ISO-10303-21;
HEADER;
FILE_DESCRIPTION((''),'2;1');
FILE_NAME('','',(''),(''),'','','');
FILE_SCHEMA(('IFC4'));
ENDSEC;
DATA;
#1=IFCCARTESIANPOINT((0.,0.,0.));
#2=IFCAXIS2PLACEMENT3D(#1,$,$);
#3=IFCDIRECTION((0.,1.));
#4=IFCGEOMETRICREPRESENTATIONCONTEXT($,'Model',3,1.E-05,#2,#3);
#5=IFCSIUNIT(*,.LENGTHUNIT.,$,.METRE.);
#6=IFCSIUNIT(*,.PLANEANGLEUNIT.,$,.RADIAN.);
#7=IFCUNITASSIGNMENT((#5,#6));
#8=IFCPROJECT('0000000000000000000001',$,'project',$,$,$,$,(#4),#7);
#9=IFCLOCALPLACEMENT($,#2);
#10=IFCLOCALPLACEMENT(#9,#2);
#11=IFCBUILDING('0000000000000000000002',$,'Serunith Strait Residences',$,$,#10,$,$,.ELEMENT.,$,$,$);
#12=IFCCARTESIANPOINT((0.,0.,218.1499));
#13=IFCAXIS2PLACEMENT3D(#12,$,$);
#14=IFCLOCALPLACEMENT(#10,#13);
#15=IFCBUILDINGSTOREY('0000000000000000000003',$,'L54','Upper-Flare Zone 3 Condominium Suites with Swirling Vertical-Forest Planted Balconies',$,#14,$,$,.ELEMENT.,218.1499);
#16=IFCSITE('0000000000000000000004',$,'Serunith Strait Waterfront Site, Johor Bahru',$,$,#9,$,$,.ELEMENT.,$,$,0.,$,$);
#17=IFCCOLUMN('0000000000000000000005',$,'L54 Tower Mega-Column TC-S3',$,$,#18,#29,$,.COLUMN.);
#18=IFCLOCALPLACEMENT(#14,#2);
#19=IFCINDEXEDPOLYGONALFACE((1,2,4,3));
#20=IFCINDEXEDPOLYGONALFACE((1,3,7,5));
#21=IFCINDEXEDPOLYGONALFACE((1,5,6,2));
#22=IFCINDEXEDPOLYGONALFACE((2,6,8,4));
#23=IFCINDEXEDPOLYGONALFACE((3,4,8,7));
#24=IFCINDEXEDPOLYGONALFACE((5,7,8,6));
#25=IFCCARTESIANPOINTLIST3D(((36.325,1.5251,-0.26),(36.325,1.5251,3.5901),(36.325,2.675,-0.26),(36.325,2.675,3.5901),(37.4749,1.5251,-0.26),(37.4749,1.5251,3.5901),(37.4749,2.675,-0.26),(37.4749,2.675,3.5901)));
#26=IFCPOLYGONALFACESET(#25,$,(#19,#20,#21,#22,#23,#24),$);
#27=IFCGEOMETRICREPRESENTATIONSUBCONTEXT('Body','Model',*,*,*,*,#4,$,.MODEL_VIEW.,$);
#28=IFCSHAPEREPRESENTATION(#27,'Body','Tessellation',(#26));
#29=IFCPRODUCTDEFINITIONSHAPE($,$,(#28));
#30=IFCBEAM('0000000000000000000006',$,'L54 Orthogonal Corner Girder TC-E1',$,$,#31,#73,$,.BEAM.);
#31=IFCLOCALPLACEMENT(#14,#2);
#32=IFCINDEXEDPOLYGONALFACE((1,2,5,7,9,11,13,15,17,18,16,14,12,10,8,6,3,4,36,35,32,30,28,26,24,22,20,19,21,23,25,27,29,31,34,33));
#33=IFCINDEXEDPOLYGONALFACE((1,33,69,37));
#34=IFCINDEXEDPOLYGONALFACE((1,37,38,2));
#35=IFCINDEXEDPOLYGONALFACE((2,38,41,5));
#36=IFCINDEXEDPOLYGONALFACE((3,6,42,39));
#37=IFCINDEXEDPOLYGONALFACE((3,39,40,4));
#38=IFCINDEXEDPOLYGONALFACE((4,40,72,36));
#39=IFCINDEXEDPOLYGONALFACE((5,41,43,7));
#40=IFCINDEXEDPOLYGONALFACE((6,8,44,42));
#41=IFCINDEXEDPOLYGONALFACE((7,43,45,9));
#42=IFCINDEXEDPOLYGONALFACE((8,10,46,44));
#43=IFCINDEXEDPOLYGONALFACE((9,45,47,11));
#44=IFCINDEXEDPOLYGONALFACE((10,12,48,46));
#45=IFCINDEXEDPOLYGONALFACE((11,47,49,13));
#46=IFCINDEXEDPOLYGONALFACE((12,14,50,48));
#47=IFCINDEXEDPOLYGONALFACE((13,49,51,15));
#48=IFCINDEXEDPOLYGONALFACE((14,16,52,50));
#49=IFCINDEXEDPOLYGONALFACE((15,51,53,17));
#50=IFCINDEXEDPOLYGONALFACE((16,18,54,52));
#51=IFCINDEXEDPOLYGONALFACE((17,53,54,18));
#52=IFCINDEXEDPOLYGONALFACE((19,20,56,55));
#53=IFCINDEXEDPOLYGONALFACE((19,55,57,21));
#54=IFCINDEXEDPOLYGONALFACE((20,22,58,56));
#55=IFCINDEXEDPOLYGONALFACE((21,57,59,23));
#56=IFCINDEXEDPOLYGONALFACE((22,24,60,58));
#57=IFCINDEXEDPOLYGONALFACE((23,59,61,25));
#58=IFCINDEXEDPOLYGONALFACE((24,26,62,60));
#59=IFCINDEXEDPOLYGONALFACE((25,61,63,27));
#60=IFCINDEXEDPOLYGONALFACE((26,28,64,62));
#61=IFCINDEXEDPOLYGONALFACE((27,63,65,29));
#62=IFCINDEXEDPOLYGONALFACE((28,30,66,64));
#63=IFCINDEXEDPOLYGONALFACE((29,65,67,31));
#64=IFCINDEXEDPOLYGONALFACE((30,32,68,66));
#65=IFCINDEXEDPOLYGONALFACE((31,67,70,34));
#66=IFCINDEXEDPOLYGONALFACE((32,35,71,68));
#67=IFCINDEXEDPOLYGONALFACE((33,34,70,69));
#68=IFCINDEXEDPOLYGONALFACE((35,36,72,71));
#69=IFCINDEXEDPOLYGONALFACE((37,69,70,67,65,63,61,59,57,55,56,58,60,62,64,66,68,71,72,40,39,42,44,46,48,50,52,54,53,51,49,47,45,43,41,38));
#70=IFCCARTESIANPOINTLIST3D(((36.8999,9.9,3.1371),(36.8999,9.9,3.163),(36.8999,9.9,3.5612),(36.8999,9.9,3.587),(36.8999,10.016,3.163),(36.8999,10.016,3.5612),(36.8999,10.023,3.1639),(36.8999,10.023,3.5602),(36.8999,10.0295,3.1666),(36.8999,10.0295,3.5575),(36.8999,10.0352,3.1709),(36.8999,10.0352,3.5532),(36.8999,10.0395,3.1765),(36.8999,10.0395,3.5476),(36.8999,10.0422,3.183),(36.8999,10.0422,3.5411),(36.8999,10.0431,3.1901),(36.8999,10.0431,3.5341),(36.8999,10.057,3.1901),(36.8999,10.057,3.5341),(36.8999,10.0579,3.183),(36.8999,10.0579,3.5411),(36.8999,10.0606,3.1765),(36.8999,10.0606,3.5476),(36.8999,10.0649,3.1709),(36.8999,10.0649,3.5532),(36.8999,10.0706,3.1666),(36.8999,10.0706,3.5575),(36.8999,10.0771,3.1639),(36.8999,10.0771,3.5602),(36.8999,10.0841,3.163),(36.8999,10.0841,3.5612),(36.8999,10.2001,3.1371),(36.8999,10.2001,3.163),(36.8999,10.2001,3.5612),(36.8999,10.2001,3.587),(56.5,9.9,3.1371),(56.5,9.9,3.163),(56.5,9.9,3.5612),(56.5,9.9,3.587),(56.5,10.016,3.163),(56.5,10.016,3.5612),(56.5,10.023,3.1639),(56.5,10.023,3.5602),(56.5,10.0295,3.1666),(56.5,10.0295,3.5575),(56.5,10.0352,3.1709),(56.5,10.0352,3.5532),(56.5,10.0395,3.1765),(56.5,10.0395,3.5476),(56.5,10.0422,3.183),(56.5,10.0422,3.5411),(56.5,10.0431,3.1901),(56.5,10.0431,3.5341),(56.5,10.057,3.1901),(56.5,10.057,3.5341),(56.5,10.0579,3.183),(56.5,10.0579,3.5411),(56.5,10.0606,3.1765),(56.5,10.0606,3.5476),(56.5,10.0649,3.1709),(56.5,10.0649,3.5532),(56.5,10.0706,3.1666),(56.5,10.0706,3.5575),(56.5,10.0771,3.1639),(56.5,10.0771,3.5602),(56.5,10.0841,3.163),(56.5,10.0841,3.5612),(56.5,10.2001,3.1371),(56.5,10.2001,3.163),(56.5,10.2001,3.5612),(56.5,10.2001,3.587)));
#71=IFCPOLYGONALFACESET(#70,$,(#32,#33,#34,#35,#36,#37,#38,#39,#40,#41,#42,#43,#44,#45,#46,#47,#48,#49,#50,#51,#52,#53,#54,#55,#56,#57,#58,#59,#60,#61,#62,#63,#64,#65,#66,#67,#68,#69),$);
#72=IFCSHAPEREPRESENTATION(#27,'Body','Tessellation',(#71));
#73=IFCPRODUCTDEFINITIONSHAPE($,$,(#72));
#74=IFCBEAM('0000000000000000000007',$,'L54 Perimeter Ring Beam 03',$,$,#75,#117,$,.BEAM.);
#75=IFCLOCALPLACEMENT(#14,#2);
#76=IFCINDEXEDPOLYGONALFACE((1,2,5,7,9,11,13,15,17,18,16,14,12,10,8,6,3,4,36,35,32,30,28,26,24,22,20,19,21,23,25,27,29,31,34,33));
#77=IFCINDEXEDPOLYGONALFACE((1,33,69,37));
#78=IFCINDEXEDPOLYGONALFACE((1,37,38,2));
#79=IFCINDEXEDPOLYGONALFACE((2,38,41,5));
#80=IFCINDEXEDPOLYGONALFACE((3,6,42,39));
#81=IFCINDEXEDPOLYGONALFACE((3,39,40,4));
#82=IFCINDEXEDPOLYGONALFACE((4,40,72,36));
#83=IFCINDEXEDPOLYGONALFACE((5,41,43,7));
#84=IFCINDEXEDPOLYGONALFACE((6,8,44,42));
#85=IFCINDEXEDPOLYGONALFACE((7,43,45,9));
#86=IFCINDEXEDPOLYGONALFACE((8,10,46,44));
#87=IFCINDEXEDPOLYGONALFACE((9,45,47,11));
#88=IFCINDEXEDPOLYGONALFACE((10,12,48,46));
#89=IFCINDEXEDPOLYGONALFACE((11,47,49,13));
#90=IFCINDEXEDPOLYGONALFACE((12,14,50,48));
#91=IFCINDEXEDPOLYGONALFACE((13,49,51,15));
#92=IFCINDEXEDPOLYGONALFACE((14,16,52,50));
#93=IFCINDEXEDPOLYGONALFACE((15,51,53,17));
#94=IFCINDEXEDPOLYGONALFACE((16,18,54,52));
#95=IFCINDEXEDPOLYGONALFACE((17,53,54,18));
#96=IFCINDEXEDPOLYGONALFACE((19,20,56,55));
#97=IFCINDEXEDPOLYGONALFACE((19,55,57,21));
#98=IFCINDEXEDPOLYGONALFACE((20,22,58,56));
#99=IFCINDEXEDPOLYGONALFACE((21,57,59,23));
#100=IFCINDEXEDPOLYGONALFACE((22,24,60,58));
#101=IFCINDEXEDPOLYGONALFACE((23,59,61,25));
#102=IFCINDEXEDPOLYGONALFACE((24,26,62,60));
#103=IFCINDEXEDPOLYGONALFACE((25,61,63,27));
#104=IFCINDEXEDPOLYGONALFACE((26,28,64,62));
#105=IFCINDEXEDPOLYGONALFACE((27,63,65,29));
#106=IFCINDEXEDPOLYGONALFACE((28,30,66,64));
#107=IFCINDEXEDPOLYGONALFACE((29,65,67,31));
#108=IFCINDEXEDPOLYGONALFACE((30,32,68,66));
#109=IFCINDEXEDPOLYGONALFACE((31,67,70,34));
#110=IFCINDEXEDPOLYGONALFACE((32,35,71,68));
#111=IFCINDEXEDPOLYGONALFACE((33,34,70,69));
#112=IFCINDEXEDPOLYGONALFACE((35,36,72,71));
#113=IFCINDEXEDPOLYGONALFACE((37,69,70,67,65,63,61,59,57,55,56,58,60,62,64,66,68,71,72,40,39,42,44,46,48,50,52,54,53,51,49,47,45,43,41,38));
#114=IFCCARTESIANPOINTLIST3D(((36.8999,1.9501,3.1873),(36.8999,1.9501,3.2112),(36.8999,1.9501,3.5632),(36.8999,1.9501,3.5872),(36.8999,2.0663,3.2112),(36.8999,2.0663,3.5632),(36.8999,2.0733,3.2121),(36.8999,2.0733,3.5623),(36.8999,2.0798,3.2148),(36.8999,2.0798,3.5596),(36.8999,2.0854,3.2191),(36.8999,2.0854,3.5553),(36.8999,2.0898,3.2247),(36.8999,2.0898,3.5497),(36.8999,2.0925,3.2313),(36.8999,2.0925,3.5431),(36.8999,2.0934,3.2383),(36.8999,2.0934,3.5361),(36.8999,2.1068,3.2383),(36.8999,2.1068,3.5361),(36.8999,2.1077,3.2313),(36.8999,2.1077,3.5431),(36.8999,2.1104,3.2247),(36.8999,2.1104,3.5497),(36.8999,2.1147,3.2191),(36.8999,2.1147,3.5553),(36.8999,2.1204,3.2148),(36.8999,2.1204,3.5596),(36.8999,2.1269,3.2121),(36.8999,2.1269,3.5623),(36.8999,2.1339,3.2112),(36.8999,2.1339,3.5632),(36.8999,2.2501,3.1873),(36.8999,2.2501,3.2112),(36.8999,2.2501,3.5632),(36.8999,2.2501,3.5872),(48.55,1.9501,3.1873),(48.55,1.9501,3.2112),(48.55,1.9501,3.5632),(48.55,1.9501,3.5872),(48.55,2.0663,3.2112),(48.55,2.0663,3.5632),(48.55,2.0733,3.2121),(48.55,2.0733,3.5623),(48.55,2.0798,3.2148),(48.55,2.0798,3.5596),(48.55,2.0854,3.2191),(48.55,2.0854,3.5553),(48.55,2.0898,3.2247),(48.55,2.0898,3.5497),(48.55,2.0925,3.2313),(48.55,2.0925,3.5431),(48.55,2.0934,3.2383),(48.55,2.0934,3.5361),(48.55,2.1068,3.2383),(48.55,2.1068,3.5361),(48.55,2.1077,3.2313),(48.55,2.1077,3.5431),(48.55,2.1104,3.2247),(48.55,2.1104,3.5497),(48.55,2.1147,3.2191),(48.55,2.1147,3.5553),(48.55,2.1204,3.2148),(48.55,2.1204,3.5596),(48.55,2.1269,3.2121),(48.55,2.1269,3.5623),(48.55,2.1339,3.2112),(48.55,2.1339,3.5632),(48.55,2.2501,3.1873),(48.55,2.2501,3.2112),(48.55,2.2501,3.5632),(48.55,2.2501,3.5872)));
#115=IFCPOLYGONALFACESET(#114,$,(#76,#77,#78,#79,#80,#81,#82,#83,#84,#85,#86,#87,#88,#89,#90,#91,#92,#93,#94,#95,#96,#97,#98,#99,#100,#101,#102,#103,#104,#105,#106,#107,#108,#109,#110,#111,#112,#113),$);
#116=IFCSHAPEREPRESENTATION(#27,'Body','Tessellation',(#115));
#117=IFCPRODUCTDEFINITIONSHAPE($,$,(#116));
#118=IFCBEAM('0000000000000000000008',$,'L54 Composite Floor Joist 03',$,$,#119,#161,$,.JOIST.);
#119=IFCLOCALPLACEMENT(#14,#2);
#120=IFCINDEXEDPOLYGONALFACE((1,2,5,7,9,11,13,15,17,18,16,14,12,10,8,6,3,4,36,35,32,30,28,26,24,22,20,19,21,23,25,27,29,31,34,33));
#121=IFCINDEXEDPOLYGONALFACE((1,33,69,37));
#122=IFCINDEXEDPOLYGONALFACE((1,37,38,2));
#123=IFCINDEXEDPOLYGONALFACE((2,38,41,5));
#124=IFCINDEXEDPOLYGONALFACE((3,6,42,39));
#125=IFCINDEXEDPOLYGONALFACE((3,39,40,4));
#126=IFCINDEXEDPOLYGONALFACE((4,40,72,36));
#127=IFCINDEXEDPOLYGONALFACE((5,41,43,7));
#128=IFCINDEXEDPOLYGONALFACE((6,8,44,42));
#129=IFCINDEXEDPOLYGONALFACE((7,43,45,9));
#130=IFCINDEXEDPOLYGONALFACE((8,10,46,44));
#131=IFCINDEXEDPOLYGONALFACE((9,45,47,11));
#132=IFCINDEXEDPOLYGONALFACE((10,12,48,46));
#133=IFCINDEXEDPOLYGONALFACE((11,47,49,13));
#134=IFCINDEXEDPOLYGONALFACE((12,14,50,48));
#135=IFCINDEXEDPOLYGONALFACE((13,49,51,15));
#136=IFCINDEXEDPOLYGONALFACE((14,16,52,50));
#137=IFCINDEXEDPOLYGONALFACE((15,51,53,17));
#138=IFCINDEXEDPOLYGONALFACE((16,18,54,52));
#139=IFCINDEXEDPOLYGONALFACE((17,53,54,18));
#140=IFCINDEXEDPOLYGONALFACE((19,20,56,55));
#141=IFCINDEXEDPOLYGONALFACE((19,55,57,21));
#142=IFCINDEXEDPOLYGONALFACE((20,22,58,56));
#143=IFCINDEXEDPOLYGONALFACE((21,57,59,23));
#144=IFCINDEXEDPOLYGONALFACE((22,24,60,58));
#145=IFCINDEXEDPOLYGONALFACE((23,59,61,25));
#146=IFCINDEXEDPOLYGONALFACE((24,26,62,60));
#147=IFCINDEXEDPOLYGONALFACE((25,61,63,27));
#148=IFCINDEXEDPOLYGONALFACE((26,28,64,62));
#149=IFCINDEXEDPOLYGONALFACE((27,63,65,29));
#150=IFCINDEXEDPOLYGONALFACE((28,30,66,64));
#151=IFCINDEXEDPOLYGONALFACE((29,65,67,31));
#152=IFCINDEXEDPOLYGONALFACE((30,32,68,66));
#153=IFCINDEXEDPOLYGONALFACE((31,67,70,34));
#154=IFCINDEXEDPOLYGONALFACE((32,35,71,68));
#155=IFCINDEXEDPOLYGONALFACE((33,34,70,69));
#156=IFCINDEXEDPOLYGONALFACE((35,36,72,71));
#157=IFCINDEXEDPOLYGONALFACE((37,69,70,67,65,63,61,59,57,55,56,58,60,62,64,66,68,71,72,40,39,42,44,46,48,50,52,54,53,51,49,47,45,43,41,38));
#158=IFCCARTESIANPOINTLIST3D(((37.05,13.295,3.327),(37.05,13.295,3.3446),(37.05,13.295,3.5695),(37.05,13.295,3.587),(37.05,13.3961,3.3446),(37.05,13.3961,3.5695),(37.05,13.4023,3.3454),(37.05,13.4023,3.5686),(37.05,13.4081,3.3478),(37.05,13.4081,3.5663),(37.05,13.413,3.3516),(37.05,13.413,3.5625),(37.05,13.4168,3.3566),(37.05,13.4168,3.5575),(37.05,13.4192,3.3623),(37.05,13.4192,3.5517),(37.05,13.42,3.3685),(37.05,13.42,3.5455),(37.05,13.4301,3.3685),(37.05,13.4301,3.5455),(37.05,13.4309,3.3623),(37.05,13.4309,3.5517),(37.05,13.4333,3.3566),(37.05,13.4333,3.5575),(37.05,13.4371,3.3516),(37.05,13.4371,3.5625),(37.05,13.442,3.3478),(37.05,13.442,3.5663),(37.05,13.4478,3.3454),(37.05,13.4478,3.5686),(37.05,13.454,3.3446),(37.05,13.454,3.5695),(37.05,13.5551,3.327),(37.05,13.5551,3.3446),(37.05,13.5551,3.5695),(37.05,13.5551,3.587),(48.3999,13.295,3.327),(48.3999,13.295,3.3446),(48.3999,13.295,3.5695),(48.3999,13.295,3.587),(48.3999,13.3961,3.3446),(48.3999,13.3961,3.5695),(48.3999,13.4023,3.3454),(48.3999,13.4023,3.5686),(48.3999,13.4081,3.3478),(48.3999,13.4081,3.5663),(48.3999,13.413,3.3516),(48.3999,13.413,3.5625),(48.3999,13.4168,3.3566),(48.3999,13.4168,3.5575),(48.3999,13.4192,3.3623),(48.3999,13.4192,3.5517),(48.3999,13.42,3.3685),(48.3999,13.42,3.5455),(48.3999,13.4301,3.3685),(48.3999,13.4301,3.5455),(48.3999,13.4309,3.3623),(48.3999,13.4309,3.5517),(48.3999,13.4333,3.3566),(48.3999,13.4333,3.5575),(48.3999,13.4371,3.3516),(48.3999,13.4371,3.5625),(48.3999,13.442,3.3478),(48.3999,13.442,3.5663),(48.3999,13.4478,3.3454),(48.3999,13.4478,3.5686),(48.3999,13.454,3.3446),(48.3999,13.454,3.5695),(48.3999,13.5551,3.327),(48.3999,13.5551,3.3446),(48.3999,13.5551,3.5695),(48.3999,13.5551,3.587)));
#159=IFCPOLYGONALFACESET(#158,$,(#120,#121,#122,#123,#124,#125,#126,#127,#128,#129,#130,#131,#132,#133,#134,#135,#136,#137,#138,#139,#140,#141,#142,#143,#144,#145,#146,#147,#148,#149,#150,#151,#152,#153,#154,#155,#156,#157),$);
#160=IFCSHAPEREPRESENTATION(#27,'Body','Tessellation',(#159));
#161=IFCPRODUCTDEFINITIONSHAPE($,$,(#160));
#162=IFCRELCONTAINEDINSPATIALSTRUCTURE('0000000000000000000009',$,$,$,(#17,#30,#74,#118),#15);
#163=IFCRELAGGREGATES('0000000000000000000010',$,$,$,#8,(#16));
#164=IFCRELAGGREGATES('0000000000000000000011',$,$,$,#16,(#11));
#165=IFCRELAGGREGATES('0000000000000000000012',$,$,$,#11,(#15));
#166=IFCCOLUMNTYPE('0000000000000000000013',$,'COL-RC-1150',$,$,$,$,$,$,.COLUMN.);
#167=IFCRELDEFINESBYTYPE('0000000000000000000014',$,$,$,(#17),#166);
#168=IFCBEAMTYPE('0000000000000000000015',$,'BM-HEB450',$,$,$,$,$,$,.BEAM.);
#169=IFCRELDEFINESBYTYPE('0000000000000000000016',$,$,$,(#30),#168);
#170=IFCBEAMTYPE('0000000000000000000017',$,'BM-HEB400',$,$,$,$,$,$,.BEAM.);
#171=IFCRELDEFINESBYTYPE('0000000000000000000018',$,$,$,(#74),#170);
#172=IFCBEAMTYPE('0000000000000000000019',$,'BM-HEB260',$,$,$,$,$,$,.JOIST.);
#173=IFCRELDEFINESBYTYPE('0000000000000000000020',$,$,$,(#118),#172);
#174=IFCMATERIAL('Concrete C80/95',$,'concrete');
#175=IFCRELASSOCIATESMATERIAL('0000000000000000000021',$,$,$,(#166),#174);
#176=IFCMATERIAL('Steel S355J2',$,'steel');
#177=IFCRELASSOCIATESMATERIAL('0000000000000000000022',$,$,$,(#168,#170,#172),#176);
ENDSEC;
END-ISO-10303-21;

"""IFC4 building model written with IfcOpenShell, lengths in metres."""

from ifc_helpers import new_model, si_unit, direction, frame, origin, origin_2d, place, context, subcontext, project, spatial, rectangle, i_section, extrude, source, transform, mapped, material, material_profile, profile_set, type_object, element, save


model = new_model("IFC4")

# Units and contexts
model_context = context("Model", 3, precision=1e-05, world=origin(), true_north=direction((0.0, 1.0)))
body_context = subcontext(model_context, "Body", "Model", "MODEL_VIEW")
ifc_project = project(units=[si_unit("LENGTHUNIT", "METRE"), si_unit("PLANEANGLEUNIT", "RADIAN")], contexts=[model_context])

# Site, building, storey
site_placement = place(None, origin())
site = spatial("IfcSite", under=ifc_project, at=site_placement, Name="Serunith Strait Waterfront Site, Johor Bahru", CompositionType="ELEMENT", RefElevation=0.0)
building_placement = place(site_placement, origin())
building = spatial("IfcBuilding", under=site, at=building_placement, Name="Serunith Strait Residences", CompositionType="ELEMENT")
storey_placement = place(building_placement, frame((0.0, 0.0, 218.1499)))
storey = spatial("IfcBuildingStorey", under=building, at=storey_placement, Name="L54", Description="Upper-Flare Zone 3 Condominium Suites with Swirling Vertical-Forest Planted Balconies", CompositionType="ELEMENT", Elevation=218.1499)

# Column
ifc_material_1 = material(Name="Concrete C80/95", Category="concrete")
ifc_material_profile_1 = material_profile(ifc_material_1, rectangle(XDim=1.1499, YDim=1.1499, at=origin_2d()), Name="RC 1150x1150")
ifc_profile_set_1 = profile_set([ifc_material_profile_1], Name="Concrete C80/95")
column_type = type_object("IfcColumnType", Name="COL-RC-1150", PredefinedType="COLUMN", material=ifc_profile_set_1)
shared_shape_1 = source(origin(), body_context, "Body", "SweptSolid", [
    extrude(rectangle(XDim=1.1499, YDim=1.1499, at=origin_2d()), origin(), (0.0, 0.0, 1.0), 3.8501),
])
column_placement = place(storey_placement, frame((36.8999, 2.1001, -0.26), z_axis=(0.0, 0.0, 1.0), x_axis=(1.0, 0.0, 0.0)))
element("IfcColumn", 1, at=column_placement, inside=storey, type_object=column_type, Name="L54 Tower Mega-Column TC-S3", PredefinedType="COLUMN", context=body_context, shape_type="MappedRepresentation", body=[
    mapped(shared_shape_1, transform((0.0, 0.0, 0.0), scale=1.0)),
])

# Beams
ifc_material_2 = material(Name="Steel S355J2", Category="steel")
ifc_material_profile_2 = material_profile(ifc_material_2, i_section(OverallWidth=0.3, OverallDepth=0.45, WebThickness=0.0139, FlangeThickness=0.0259, FilletRadius=0.0271, at=origin_2d()), Name="HEB 450")
ifc_profile_set_2 = profile_set([ifc_material_profile_2], Name="Steel S355J2")
beam_type_1 = type_object("IfcBeamType", Name="BM-HEB450", PredefinedType="BEAM", material=ifc_profile_set_2)
shared_shape_2 = source(origin(), body_context, "Body", "SweptSolid", [
    extrude(i_section(OverallWidth=0.3, OverallDepth=0.45, WebThickness=0.0139, FlangeThickness=0.0259, FilletRadius=0.0271, at=origin_2d()), origin(), (0.0, 0.0, 1.0), 19.6001),
])
beam_1_placement = place(storey_placement, frame((36.8999, 10.05, 3.3621), z_axis=(1.0, 0.0, 0.0), x_axis=(0.0, 1.0, 0.0)))
element("IfcBeam", 2, at=beam_1_placement, inside=storey, type_object=beam_type_1, Name="L54 Orthogonal Corner Girder TC-E1", PredefinedType="BEAM", context=body_context, shape_type="MappedRepresentation", body=[
    mapped(shared_shape_2, transform((0.0, 0.0, 0.0), scale=1.0)),
])
ifc_material_profile_3 = material_profile(ifc_material_2, i_section(OverallWidth=0.3, OverallDepth=0.3999, WebThickness=0.0134, FlangeThickness=0.0239, FilletRadius=0.0271, at=origin_2d()), Name="HEB 400")
ifc_profile_set_3 = profile_set([ifc_material_profile_3], Name="Steel S355J2")
beam_type_2 = type_object("IfcBeamType", Name="BM-HEB400", PredefinedType="BEAM", material=ifc_profile_set_3)
shared_shape_3 = source(origin(), body_context, "Body", "SweptSolid", [
    extrude(i_section(OverallWidth=0.3, OverallDepth=0.3999, WebThickness=0.0134, FlangeThickness=0.0239, FilletRadius=0.0271, at=origin_2d()), origin(), (0.0, 0.0, 1.0), 11.6501),
])
beam_2_placement = place(storey_placement, frame((36.8999, 2.1001, 3.3872), z_axis=(1.0, 0.0, 0.0), x_axis=(0.0, 1.0, 0.0)))
element("IfcBeam", 3, at=beam_2_placement, inside=storey, type_object=beam_type_2, Name="L54 Perimeter Ring Beam 03", PredefinedType="BEAM", context=body_context, shape_type="MappedRepresentation", body=[
    mapped(shared_shape_3, transform((0.0, 0.0, 0.0), scale=1.0)),
])
ifc_material_profile_4 = material_profile(ifc_material_2, i_section(OverallWidth=0.26, OverallDepth=0.26, WebThickness=0.01, FlangeThickness=0.0176, FilletRadius=0.0239, at=origin_2d()), Name="HEB 260")
ifc_profile_set_4 = profile_set([ifc_material_profile_4], Name="Steel S355J2")
beam_type_3 = type_object("IfcBeamType", Name="BM-HEB260", PredefinedType="JOIST", material=ifc_profile_set_4)
shared_shape_4 = source(origin(), body_context, "Body", "SweptSolid", [
    extrude(i_section(OverallWidth=0.26, OverallDepth=0.26, WebThickness=0.01, FlangeThickness=0.0176, FilletRadius=0.0239, at=origin_2d()), origin(), (0.0, 0.0, 1.0), 11.3499),
])
beam_3_placement = place(storey_placement, frame((37.05, 13.425, 3.457), z_axis=(1.0, 0.0, 0.0), x_axis=(0.0, 1.0, 0.0)))
element("IfcBeam", 4, at=beam_3_placement, inside=storey, type_object=beam_type_3, Name="L54 Composite Floor Joist 03", PredefinedType="JOIST", context=body_context, shape_type="MappedRepresentation", body=[
    mapped(shared_shape_4, transform((0.0, 0.0, 0.0), scale=1.0)),
])

save(model, "model.ifc")
